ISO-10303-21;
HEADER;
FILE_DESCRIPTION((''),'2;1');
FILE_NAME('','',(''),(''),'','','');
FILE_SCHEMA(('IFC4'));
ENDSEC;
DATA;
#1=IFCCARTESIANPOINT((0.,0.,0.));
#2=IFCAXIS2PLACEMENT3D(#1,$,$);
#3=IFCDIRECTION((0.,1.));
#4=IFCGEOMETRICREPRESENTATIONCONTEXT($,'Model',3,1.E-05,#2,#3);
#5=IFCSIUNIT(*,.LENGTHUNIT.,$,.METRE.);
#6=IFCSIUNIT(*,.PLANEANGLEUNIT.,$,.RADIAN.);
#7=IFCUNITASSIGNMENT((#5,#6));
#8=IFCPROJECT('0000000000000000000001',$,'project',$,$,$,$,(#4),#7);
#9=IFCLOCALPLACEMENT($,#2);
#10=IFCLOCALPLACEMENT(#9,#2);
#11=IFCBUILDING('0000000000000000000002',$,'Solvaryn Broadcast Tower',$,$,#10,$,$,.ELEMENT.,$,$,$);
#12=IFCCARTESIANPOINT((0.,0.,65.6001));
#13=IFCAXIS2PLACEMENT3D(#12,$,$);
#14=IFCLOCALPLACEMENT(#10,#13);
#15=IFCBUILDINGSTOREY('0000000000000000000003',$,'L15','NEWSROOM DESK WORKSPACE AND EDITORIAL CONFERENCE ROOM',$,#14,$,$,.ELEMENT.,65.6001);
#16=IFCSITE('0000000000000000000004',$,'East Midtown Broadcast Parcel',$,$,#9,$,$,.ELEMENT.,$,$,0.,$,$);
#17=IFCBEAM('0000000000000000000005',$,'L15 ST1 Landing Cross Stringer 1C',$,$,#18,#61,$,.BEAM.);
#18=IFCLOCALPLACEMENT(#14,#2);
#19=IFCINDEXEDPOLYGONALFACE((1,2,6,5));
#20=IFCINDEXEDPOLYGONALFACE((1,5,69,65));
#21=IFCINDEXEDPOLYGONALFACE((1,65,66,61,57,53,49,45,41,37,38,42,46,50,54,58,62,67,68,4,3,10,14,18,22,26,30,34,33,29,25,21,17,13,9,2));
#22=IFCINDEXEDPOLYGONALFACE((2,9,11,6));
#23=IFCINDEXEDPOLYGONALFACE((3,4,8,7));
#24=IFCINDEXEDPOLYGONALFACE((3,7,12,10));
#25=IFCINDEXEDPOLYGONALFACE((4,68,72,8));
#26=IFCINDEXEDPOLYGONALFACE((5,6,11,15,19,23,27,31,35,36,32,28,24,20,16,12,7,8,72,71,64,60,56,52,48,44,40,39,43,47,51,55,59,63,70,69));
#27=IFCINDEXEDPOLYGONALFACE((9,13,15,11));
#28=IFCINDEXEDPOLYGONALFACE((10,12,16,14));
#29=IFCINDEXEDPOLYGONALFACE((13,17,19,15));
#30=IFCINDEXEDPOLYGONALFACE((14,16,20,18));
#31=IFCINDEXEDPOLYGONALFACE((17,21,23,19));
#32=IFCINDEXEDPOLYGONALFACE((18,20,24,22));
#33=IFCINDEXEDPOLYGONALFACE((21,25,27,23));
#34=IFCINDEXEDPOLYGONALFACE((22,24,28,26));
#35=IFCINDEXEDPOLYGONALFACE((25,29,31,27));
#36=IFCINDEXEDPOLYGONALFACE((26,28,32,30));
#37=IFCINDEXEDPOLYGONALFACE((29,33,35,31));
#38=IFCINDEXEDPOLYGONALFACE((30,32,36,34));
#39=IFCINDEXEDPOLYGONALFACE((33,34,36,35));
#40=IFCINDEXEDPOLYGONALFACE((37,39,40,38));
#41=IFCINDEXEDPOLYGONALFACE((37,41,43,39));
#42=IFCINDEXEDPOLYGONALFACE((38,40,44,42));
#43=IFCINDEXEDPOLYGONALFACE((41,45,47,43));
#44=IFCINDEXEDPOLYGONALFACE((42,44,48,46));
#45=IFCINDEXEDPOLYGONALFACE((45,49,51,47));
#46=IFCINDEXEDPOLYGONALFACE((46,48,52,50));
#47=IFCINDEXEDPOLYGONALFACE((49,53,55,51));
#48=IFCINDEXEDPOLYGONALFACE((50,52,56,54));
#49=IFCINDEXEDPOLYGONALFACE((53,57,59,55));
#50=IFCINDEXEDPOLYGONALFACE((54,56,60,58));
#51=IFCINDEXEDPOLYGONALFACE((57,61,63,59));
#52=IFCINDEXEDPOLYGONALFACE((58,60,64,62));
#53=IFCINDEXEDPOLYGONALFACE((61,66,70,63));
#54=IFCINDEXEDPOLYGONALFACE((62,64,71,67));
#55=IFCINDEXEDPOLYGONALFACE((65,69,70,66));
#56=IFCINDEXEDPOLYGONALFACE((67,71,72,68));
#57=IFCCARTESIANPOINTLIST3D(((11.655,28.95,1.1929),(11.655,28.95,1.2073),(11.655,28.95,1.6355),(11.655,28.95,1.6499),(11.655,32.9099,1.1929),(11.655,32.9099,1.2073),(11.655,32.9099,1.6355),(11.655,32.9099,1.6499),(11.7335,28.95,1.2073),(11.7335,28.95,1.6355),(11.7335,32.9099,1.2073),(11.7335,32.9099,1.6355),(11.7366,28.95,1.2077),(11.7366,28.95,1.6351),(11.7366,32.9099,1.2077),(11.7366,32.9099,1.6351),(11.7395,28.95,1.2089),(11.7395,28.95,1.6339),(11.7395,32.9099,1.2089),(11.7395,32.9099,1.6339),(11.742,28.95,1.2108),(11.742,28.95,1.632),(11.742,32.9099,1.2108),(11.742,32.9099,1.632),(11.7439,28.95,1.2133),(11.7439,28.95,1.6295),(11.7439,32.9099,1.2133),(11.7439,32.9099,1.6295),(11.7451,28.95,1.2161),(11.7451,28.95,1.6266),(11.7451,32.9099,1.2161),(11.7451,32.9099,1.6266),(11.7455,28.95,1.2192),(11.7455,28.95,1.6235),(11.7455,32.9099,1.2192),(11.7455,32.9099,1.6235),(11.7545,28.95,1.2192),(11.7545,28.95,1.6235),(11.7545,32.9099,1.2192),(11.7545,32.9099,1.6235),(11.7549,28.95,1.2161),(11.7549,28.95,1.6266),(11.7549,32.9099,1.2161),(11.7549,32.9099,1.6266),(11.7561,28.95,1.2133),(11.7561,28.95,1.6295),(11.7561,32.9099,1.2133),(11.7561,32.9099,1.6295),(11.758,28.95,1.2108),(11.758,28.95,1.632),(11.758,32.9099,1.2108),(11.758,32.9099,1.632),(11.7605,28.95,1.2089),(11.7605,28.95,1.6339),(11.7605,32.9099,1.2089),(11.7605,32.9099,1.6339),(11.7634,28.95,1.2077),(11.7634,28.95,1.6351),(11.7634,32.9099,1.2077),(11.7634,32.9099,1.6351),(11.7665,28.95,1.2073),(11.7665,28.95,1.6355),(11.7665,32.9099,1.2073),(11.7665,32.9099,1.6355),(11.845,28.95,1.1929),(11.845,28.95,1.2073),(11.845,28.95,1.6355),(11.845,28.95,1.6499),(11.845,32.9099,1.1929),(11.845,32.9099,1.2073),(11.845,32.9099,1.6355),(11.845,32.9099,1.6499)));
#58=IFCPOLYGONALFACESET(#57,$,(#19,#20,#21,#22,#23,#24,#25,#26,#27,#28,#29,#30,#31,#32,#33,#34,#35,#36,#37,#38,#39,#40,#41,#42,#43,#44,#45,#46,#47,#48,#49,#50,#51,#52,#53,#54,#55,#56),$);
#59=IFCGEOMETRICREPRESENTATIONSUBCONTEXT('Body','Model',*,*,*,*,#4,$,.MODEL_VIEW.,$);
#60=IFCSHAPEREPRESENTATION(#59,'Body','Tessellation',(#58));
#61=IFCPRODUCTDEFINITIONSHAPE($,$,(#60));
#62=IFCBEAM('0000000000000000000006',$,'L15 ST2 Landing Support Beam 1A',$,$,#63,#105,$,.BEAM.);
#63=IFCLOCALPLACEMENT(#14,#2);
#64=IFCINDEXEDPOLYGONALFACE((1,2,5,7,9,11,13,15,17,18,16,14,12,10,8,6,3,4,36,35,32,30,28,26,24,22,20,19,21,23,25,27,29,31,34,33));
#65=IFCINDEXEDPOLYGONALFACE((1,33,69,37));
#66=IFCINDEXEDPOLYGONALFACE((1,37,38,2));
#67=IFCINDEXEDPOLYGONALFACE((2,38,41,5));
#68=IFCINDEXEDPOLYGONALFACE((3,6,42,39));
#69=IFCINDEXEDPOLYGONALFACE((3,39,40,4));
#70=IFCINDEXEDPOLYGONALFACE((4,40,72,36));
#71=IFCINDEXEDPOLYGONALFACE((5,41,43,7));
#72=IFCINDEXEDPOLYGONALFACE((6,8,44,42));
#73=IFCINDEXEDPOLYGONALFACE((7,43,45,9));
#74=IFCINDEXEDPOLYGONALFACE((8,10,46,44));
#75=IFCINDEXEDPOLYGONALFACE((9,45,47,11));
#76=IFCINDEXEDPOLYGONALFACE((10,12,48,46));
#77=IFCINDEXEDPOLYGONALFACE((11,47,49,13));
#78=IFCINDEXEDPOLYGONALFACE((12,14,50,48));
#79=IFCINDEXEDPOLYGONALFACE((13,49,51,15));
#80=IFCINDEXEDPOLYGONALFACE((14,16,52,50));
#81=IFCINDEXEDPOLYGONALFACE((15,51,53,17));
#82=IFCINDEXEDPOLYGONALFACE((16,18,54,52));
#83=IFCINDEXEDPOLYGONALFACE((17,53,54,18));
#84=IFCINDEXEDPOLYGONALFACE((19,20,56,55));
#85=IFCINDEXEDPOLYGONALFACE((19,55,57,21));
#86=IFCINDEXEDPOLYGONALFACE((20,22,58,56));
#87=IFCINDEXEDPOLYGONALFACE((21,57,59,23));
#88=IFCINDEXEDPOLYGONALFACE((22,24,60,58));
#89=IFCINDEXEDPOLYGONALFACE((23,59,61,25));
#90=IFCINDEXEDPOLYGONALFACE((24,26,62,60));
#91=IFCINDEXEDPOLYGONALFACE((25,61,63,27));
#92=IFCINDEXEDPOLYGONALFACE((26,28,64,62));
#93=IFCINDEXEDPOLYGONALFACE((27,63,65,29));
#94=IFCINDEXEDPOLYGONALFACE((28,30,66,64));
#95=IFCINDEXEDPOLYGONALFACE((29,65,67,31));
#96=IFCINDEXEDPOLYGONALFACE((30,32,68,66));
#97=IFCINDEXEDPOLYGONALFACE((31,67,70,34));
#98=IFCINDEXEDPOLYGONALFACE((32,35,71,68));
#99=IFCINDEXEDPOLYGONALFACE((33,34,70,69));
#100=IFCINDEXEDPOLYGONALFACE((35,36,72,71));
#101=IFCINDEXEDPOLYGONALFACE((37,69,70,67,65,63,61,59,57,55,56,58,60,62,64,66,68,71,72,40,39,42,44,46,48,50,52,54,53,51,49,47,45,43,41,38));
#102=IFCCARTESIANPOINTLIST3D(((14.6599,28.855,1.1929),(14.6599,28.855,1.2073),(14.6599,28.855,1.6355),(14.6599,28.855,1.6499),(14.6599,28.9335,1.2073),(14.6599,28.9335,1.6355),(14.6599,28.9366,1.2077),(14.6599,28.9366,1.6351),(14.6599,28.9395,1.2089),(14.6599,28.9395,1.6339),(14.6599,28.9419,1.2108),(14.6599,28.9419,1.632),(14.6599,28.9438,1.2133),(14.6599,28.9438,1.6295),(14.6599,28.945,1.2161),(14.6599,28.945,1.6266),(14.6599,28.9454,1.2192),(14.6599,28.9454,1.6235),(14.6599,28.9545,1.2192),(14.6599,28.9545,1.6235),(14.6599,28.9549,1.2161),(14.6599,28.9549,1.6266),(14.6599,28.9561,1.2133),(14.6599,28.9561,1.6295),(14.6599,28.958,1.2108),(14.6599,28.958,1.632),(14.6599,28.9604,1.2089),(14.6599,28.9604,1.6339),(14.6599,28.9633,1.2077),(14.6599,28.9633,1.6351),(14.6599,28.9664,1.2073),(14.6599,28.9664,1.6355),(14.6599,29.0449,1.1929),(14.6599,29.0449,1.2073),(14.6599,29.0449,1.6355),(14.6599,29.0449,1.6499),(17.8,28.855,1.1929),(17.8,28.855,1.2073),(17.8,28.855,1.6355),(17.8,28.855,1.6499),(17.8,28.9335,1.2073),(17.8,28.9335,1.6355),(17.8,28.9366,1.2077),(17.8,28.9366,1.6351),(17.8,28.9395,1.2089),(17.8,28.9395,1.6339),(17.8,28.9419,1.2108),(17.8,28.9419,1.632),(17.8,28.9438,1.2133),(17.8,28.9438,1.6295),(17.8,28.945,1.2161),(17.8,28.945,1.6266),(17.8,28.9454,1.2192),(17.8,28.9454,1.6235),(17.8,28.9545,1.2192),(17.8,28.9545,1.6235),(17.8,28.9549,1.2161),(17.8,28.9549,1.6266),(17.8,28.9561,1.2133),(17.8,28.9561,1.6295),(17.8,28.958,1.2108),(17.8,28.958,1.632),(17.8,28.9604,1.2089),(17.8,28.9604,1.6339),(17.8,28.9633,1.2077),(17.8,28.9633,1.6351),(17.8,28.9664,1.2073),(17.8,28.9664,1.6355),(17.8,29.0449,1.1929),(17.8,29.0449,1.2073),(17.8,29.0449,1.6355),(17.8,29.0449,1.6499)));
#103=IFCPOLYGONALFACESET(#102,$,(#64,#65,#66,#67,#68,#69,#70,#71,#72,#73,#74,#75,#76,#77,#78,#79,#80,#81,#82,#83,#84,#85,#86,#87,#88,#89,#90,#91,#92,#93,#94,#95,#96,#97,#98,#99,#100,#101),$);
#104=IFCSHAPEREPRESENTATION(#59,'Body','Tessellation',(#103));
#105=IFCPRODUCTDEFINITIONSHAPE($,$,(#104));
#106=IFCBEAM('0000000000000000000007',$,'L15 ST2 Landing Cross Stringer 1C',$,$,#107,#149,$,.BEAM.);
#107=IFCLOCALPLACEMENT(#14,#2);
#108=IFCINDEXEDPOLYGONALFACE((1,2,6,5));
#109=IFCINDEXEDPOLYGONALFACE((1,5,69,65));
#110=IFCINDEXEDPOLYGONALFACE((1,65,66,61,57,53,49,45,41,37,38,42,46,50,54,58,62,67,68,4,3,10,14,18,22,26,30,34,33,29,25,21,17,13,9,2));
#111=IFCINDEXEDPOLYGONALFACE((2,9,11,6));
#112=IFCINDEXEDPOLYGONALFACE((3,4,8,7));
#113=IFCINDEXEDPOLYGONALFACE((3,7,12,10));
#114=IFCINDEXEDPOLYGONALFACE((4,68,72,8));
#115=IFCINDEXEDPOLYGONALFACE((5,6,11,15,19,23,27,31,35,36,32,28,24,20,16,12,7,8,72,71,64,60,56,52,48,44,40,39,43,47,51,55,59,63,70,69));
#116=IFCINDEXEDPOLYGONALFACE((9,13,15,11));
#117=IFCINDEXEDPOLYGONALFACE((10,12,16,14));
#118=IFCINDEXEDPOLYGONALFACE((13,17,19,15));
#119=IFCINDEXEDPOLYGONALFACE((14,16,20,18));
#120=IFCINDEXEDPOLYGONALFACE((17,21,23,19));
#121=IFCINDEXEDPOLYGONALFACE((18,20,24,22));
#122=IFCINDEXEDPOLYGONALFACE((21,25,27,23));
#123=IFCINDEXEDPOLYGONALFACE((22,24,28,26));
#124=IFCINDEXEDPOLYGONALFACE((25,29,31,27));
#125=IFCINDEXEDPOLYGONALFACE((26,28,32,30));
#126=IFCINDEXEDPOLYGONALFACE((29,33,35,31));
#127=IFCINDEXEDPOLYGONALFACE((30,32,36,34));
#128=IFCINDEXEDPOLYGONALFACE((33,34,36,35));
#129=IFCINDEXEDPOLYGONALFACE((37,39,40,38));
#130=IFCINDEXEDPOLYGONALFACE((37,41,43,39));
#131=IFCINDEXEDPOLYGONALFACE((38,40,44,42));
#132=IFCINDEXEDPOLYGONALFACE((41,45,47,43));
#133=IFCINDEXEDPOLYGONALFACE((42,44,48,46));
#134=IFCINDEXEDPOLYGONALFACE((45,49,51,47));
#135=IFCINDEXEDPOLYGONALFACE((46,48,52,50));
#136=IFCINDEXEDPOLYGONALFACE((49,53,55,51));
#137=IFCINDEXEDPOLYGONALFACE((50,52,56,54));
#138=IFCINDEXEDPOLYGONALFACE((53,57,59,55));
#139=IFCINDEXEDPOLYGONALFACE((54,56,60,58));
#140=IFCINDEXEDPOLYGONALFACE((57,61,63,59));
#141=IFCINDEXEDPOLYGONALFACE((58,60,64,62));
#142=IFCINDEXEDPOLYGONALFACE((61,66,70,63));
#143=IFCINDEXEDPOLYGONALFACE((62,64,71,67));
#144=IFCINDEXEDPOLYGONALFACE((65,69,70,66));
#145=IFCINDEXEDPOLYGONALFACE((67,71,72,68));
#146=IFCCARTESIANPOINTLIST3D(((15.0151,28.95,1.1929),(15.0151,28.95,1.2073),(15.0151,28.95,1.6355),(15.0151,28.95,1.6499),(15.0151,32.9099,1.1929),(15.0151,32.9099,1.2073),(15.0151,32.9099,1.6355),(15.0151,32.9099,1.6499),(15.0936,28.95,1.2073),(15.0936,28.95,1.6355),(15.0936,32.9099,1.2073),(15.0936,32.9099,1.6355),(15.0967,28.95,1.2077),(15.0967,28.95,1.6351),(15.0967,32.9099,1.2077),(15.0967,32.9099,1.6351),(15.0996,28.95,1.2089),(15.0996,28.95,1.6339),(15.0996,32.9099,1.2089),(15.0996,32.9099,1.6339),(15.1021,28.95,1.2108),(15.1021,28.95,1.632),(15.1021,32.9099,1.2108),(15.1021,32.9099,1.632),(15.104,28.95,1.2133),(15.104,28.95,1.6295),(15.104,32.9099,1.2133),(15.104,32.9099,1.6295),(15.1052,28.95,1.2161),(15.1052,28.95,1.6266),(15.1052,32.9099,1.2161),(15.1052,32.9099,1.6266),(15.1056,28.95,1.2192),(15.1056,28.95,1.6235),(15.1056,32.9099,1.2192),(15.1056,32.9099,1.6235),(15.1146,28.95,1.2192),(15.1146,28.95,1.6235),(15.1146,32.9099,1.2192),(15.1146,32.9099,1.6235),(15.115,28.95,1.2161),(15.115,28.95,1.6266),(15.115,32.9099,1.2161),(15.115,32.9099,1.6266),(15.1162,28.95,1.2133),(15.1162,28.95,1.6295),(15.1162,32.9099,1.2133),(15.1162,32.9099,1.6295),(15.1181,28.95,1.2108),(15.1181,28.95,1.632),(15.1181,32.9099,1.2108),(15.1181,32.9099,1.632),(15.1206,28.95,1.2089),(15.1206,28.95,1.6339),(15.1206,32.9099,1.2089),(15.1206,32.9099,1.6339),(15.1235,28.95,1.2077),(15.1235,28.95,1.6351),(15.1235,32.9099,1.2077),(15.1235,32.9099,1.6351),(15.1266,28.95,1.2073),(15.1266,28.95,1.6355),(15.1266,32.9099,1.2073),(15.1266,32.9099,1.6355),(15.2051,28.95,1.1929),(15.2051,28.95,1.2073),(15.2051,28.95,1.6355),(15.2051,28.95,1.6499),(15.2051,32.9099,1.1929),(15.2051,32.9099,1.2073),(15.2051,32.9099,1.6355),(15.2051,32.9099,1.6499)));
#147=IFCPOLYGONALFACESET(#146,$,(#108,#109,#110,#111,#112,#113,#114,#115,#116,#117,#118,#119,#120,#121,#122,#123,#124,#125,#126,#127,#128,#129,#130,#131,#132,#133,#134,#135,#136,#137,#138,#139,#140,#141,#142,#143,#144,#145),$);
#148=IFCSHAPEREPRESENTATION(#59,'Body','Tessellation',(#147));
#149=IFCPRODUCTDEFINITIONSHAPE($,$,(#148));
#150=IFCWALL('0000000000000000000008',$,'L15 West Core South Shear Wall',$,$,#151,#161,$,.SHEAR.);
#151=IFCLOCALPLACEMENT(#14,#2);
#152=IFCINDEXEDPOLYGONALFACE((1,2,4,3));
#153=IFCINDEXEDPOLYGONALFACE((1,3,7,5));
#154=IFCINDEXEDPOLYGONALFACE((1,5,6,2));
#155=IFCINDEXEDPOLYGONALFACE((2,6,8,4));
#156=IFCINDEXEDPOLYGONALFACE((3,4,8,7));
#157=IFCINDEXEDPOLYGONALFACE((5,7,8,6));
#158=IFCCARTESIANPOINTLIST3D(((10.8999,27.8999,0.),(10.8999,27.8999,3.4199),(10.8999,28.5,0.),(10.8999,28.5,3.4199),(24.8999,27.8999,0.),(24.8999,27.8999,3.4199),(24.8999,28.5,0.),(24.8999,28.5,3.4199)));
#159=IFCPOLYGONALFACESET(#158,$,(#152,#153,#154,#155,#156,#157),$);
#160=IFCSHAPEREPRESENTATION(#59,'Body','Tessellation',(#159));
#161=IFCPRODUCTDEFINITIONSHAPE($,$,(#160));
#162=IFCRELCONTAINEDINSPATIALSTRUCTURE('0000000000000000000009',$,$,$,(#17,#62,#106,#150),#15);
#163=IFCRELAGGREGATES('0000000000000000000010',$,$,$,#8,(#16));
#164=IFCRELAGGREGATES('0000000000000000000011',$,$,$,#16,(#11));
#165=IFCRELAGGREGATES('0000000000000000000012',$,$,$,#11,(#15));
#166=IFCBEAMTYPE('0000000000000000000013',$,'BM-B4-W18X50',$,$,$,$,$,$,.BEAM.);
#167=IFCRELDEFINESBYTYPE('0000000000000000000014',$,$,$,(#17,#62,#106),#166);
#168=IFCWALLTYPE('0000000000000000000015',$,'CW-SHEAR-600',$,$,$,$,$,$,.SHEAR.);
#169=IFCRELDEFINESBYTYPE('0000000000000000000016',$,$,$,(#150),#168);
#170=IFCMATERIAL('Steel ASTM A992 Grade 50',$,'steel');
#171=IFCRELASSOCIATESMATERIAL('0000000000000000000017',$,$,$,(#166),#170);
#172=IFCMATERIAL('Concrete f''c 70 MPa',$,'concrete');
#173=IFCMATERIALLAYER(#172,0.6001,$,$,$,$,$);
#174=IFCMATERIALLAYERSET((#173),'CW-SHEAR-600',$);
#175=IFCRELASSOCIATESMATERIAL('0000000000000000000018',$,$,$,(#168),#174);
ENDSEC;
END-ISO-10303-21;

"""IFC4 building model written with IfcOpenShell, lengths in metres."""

from ifc_helpers import new_model, si_unit, direction, frame, frame_2d, origin, origin_2d, place, context, subcontext, project, spatial, rectangle, i_section, extrude, material, layer, layer_set, material_profile, profile_set, type_object, element, save


model = new_model("IFC4")

# Units and contexts
model_context = context("Model", 3, precision=1e-05, world=origin(), true_north=direction((0.0, 1.0)))
body_context = subcontext(model_context, "Body", "Model", "MODEL_VIEW")
ifc_project = project(units=[si_unit("LENGTHUNIT", "METRE"), si_unit("PLANEANGLEUNIT", "RADIAN")], contexts=[model_context])

# Site, building, storey
site_placement = place(None, origin())
site = spatial("IfcSite", under=ifc_project, at=site_placement, Name="East Midtown Broadcast Parcel", CompositionType="ELEMENT", RefElevation=0.0)
building_placement = place(site_placement, origin())
building = spatial("IfcBuilding", under=site, at=building_placement, Name="Solvaryn Broadcast Tower", CompositionType="ELEMENT")
storey_placement = place(building_placement, frame((0.0, 0.0, 65.6001)))
storey = spatial("IfcBuildingStorey", under=building, at=storey_placement, Name="L15", Description="NEWSROOM DESK WORKSPACE AND EDITORIAL CONFERENCE ROOM", CompositionType="ELEMENT", Elevation=65.6001)

# Beams
ifc_material_1 = material(Name="Steel ASTM A992 Grade 50", Category="steel")
ifc_material_profile_1 = material_profile(ifc_material_1, i_section(OverallWidth=0.1899, OverallDepth=0.457, WebThickness=0.009, FlangeThickness=0.0144, FilletRadius=0.012, at=origin_2d()))
ifc_profile_set_1 = profile_set([ifc_material_profile_1], Name="Steel ASTM A992 Grade 50")
beam_type_1 = type_object("IfcBeamType", Name="BM-B4-W18X50", PredefinedType="BEAM", material=ifc_profile_set_1)
beam_1_placement = place(storey_placement, frame((11.75, 28.95, 1.4214), z_axis=(0.0, 1.0, 0.0), x_axis=(-1.0, 0.0, 0.0)))
element("IfcBeam", 1, at=beam_1_placement, inside=storey, type_object=beam_type_1, Name="L15 ST1 Landing Cross Stringer 1C", PredefinedType="BEAM", context=body_context, shape_type="SweptSolid", body=[
    extrude(i_section(OverallWidth=0.1899, OverallDepth=0.457, WebThickness=0.009, FlangeThickness=0.0144, FilletRadius=0.012, at=origin_2d()), origin(), (0.0, 0.0, 1.0), 3.96),
])
beam_2_placement = place(storey_placement, frame((14.6599, 28.95, 1.4214), z_axis=(1.0, 0.0, 0.0), x_axis=(0.0, 1.0, 0.0)))
element("IfcBeam", 2, at=beam_2_placement, inside=storey, type_object=beam_type_1, Name="L15 ST2 Landing Support Beam 1A", PredefinedType="BEAM", context=body_context, shape_type="SweptSolid", body=[
    extrude(i_section(OverallWidth=0.1899, OverallDepth=0.457, WebThickness=0.009, FlangeThickness=0.0144, FilletRadius=0.012, at=origin_2d()), origin(), (0.0, 0.0, 1.0), 3.1401),
])
beam_3_placement = place(storey_placement, frame((15.1101, 28.95, 1.4214), z_axis=(0.0, 1.0, 0.0), x_axis=(-1.0, 0.0, 0.0)))
element("IfcBeam", 3, at=beam_3_placement, inside=storey, type_object=beam_type_1, Name="L15 ST2 Landing Cross Stringer 1C", PredefinedType="BEAM", context=body_context, shape_type="SweptSolid", body=[
    extrude(i_section(OverallWidth=0.1899, OverallDepth=0.457, WebThickness=0.009, FlangeThickness=0.0144, FilletRadius=0.012, at=origin_2d()), origin(), (0.0, 0.0, 1.0), 3.96),
])

# Wall
ifc_material_2 = material(Name="Concrete f'c 70 MPa", Category="concrete")
ifc_layer_1 = layer(ifc_material_2, 0.6001)
ifc_layer_set_1 = layer_set([ifc_layer_1], Name="CW-SHEAR-600")
wall_type_1 = type_object("IfcWallType", Name="CW-SHEAR-600", PredefinedType="SHEAR", material=ifc_layer_set_1)
wall_1_placement = place(storey_placement, frame((10.8999, 28.2, 0.0), z_axis=(0.0, 0.0, 1.0), x_axis=(1.0, 0.0, 0.0)))
element("IfcWall", 4, at=wall_1_placement, inside=storey, type_object=wall_type_1, Name="L15 West Core South Shear Wall", PredefinedType="SHEAR", context=body_context, shape_type="SweptSolid", body=[
    extrude(rectangle(XDim=14.0, YDim=0.6001, at=frame_2d((7.0, 0.0))), origin(), (0.0, 0.0, 1.0), 3.4199),
])

save(model, "model.ifc")
